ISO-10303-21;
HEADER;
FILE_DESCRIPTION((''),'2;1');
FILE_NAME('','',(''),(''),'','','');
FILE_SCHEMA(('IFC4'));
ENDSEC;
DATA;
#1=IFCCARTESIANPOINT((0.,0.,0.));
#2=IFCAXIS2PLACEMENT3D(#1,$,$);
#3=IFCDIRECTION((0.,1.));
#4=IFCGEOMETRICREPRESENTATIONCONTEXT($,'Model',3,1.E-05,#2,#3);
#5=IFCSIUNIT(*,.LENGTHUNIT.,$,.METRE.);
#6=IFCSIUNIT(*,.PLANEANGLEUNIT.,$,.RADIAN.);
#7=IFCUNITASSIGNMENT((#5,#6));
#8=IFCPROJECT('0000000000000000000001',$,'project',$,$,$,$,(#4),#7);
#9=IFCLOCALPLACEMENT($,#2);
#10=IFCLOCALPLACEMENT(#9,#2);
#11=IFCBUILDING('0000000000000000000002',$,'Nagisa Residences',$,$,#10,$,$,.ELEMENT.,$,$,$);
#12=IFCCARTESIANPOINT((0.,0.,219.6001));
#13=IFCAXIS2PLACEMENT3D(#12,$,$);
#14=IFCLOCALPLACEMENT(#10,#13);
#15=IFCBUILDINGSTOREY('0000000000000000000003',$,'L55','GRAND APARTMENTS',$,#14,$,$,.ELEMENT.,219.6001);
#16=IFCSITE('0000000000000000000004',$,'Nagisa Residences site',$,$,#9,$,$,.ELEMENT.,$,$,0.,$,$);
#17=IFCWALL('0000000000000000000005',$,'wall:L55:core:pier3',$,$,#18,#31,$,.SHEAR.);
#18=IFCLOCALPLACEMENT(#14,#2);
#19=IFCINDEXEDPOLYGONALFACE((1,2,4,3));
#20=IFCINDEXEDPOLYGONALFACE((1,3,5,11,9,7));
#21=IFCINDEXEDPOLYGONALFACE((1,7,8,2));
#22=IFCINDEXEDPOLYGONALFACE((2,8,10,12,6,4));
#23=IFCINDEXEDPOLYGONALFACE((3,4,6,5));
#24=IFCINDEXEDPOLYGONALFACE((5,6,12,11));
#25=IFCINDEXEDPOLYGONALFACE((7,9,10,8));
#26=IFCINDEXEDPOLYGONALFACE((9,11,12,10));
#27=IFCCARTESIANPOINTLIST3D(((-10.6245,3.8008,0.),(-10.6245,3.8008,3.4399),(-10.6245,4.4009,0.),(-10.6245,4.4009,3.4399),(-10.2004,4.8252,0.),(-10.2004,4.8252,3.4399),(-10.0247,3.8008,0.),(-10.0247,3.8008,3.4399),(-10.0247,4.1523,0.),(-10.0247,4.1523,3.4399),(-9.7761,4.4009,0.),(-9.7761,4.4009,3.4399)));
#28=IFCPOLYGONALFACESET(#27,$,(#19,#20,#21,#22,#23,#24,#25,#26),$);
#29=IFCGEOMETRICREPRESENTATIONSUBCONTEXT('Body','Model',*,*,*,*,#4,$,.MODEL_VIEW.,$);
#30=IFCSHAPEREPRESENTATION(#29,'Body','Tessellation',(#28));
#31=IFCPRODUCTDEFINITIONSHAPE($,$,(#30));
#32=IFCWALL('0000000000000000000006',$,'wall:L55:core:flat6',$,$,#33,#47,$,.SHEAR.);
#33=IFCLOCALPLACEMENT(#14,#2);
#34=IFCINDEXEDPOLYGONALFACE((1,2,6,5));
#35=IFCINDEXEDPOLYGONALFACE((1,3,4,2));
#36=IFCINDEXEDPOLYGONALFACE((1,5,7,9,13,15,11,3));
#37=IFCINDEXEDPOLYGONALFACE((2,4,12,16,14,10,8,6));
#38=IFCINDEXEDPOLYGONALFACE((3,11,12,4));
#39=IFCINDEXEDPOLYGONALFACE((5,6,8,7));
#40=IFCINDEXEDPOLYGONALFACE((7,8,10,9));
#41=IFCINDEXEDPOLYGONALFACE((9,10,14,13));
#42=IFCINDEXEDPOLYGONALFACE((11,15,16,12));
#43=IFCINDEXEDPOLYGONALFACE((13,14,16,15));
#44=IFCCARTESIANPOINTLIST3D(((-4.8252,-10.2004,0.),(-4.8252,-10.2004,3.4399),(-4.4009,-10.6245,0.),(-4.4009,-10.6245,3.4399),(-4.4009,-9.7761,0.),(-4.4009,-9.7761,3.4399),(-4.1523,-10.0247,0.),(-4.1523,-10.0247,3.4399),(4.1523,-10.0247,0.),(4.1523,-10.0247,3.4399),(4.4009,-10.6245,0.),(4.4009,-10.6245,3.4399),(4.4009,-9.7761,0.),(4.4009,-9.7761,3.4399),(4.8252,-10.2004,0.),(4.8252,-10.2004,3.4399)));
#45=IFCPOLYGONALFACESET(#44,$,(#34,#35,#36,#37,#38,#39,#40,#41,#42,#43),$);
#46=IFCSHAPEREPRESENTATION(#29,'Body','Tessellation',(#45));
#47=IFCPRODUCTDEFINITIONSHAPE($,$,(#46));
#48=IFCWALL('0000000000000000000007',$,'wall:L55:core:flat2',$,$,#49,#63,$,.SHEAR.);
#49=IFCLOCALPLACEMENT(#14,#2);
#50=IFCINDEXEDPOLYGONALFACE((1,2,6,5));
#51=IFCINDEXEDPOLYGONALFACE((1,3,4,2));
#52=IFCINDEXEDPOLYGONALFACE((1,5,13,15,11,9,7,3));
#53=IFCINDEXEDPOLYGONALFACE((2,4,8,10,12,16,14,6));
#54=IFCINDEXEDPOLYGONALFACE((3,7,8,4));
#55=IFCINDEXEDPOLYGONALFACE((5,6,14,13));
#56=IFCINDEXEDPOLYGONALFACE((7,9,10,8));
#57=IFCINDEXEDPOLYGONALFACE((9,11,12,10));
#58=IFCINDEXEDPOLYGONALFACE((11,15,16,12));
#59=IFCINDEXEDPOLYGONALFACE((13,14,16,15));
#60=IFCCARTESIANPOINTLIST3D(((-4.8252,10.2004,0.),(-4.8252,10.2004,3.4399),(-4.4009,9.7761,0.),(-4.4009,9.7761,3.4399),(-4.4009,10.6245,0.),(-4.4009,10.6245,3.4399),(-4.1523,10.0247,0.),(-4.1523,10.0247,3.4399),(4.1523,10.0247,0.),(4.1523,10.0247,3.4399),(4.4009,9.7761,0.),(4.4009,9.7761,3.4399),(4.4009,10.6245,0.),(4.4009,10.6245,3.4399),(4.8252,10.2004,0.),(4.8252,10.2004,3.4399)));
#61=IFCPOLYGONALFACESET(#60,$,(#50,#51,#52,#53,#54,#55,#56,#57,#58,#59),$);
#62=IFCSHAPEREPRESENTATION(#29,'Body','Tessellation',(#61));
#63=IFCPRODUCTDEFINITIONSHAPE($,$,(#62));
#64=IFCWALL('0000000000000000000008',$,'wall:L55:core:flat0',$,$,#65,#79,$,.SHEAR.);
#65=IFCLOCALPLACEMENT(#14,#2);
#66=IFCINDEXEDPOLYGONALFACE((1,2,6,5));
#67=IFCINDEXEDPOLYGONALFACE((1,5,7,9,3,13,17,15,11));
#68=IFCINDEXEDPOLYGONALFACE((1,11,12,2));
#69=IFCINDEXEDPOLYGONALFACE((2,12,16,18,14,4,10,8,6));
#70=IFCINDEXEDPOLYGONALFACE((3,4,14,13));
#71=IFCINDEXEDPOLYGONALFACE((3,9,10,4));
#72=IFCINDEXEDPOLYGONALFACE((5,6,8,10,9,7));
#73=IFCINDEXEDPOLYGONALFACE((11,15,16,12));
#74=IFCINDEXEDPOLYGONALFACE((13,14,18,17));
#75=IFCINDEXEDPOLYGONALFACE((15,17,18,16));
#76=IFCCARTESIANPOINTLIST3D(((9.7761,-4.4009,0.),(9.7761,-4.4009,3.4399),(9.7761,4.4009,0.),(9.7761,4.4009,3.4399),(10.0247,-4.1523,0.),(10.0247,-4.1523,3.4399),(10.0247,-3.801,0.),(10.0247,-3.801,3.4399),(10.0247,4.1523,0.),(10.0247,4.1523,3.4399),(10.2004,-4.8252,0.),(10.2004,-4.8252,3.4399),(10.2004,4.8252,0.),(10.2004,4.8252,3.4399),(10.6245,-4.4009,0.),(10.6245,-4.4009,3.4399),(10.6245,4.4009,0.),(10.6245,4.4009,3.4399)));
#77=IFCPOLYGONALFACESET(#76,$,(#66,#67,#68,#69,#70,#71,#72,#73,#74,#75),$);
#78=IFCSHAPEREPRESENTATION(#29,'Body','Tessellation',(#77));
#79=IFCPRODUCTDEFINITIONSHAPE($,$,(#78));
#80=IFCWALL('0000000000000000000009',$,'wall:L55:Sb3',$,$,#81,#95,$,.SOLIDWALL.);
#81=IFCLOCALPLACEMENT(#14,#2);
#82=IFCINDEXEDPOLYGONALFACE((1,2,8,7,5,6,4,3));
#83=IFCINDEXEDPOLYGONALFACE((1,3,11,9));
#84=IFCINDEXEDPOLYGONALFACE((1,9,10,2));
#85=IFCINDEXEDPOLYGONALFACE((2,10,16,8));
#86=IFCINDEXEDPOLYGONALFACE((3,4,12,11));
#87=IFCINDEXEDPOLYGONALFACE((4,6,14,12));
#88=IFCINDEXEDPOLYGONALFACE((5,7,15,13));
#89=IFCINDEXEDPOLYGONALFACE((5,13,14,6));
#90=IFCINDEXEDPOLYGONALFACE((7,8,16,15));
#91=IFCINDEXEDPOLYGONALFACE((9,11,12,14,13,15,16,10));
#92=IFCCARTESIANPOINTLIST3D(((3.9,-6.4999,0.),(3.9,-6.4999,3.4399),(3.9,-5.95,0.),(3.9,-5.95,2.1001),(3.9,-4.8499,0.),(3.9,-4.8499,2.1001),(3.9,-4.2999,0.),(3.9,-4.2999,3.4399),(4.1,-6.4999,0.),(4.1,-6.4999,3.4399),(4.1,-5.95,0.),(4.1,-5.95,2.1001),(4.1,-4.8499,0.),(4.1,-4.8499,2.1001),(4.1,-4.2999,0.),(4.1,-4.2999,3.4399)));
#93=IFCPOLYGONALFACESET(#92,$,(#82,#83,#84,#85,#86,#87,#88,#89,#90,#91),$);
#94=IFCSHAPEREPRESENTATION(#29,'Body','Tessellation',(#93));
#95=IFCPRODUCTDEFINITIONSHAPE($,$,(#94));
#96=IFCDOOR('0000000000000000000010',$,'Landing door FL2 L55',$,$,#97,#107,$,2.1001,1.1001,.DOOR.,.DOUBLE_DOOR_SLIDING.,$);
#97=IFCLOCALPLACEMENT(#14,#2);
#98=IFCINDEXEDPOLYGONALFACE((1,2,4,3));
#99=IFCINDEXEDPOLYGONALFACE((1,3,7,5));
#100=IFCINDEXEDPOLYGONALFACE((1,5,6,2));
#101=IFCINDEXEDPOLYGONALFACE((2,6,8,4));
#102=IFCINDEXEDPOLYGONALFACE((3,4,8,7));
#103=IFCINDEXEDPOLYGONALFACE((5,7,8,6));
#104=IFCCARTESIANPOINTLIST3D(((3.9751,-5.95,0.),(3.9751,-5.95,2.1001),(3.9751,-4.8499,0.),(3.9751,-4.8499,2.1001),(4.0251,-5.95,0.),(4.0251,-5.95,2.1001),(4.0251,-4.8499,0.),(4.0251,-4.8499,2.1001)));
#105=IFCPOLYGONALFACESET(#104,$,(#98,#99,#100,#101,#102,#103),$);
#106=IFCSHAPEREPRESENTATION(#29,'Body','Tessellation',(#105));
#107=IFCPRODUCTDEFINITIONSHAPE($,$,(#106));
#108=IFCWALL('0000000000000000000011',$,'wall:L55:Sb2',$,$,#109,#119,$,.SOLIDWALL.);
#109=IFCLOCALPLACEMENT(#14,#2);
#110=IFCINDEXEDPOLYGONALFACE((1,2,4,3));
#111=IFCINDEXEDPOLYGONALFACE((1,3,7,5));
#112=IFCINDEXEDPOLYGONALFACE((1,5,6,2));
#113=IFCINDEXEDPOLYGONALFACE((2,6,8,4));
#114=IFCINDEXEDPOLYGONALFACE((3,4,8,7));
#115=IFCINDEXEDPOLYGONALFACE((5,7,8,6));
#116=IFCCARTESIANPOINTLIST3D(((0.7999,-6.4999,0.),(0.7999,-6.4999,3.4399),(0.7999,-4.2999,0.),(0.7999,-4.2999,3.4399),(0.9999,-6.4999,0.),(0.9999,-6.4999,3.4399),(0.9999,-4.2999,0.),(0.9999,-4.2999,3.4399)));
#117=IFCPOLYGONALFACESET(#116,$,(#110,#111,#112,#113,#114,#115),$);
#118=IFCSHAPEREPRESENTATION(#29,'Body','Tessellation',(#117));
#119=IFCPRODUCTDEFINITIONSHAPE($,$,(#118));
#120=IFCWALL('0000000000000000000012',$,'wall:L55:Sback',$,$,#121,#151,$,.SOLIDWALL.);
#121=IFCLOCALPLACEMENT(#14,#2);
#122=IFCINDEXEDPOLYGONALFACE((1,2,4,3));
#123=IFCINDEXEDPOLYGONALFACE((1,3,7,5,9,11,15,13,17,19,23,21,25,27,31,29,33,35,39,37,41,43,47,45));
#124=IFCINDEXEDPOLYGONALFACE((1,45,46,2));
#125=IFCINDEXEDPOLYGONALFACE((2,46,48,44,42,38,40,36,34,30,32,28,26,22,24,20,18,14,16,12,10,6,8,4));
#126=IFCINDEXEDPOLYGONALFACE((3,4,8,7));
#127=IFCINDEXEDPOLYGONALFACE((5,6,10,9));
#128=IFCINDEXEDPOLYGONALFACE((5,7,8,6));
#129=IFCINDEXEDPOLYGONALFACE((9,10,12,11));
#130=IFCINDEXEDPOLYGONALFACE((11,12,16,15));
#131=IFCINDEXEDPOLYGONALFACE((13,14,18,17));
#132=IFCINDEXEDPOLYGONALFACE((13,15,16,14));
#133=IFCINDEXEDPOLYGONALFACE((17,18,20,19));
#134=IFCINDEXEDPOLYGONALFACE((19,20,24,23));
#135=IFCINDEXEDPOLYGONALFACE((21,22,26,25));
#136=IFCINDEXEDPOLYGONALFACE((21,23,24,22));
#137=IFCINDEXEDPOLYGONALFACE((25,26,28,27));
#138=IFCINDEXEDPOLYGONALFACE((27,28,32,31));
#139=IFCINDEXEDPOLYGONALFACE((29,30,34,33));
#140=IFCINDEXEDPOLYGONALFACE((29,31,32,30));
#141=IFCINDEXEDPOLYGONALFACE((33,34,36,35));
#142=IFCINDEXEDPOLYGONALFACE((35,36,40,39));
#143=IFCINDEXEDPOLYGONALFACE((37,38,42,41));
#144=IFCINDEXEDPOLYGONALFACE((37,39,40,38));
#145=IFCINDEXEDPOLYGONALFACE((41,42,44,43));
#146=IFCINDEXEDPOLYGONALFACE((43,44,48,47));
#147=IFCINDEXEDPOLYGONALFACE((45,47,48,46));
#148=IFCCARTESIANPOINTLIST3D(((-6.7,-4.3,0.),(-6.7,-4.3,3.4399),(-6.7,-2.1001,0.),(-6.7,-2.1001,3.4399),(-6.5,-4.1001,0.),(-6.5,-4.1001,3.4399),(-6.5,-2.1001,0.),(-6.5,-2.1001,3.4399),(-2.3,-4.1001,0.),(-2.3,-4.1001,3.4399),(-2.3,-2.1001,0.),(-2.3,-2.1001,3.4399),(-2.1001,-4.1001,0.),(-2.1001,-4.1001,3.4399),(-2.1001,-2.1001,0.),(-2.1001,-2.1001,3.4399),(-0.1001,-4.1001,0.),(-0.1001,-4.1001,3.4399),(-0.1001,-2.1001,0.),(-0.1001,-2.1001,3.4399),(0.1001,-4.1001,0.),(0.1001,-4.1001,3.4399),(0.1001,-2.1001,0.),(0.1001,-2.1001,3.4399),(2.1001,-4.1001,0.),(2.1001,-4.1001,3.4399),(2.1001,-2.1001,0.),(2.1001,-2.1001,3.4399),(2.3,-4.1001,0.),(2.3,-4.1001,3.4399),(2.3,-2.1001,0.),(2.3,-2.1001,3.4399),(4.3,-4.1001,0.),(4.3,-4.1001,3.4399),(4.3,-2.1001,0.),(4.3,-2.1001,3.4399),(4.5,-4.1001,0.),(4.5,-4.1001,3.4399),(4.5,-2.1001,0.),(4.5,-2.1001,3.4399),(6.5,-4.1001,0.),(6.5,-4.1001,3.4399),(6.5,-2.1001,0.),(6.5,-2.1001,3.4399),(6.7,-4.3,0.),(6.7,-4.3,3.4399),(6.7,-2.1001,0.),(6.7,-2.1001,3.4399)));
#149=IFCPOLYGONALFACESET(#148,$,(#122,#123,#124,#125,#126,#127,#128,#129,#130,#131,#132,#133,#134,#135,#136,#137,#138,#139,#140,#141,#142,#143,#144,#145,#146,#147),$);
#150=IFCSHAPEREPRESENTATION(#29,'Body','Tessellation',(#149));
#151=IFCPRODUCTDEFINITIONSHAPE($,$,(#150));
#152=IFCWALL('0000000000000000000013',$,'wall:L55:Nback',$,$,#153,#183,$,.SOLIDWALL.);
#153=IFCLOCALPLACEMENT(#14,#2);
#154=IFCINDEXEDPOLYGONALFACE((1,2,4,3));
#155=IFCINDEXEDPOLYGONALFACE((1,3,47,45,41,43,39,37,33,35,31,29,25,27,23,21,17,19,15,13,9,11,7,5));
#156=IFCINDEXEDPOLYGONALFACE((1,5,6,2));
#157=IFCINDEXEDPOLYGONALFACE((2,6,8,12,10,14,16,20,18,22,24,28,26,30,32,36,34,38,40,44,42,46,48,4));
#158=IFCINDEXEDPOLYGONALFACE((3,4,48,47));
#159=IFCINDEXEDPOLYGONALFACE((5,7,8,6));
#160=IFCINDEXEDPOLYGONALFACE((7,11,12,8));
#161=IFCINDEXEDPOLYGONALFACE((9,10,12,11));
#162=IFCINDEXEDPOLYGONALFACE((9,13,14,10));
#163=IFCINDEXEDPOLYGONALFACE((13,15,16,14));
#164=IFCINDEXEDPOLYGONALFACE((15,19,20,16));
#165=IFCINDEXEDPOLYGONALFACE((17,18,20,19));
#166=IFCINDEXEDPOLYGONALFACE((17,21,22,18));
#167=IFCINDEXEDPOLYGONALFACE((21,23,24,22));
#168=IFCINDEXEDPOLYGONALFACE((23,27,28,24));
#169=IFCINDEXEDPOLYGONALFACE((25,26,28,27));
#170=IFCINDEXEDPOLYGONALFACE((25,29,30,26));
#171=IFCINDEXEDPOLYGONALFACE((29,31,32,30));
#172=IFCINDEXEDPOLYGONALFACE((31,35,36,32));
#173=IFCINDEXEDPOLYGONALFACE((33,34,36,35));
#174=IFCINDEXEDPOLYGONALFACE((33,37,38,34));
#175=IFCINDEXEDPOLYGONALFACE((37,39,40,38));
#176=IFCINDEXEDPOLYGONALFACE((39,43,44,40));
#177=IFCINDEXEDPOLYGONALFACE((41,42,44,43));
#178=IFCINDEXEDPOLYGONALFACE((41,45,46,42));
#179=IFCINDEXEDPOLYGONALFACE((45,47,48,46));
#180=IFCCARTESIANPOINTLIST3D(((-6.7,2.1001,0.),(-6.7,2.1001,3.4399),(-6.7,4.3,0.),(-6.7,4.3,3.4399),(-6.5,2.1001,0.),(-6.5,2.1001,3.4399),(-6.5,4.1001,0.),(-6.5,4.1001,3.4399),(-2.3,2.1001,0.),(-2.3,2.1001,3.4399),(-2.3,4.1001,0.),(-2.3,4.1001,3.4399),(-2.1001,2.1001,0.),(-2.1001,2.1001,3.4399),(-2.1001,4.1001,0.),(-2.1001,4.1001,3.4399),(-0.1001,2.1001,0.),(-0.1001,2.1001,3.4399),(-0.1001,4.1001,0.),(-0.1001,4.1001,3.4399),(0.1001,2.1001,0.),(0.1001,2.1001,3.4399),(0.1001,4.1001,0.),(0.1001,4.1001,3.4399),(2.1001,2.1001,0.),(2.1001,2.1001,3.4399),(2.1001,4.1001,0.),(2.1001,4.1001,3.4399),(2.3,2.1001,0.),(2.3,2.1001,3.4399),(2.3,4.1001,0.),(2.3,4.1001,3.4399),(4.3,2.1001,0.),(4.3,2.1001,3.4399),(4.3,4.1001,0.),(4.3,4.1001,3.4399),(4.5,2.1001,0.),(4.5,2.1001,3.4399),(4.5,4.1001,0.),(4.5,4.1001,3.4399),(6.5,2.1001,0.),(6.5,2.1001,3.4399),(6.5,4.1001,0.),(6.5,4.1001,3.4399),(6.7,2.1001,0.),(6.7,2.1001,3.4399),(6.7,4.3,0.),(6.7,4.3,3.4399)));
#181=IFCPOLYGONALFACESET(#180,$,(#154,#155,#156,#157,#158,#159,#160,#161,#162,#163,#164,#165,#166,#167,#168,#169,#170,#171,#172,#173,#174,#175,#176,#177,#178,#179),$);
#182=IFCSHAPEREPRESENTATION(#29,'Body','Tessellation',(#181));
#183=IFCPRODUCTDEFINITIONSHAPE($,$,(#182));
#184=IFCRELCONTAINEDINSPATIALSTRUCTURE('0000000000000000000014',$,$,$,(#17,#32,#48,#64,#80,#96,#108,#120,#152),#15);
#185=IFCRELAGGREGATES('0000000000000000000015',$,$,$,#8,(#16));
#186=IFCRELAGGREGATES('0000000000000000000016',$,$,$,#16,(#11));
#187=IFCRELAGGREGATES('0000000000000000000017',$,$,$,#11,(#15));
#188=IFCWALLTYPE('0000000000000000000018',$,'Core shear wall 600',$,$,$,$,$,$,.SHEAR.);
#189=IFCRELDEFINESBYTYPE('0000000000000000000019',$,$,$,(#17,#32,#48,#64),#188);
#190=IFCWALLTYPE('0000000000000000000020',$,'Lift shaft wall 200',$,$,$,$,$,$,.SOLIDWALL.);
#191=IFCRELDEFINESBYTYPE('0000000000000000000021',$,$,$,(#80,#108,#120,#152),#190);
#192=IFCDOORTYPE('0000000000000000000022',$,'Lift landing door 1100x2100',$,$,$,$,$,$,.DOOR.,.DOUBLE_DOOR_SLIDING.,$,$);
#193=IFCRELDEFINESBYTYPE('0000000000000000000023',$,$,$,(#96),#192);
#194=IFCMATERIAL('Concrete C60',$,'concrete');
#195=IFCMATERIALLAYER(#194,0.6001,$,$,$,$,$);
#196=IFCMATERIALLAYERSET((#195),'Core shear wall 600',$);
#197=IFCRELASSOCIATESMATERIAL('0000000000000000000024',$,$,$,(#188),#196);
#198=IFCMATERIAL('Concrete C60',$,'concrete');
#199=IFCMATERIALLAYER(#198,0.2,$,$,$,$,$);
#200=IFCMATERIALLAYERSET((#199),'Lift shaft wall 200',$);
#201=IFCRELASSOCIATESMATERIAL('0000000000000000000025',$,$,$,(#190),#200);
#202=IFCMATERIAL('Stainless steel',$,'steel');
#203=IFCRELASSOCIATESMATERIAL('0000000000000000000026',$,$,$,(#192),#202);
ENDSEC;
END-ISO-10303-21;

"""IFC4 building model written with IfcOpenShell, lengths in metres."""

from ifc_helpers import new_model, si_unit, direction, frame, frame_2d, origin, place, context, subcontext, project, spatial, polyline, rectangle, outline, extrude, material, layer, layer_set, type_object, element, fill, save


model = new_model("IFC4")

# Units and contexts
model_context = context("Model", 3, precision=1e-05, world=origin(), true_north=direction((0.0, 1.0)))
body_context = subcontext(model_context, "Body", "Model", "MODEL_VIEW")
ifc_project = project(units=[si_unit("LENGTHUNIT", "METRE"), si_unit("PLANEANGLEUNIT", "RADIAN")], contexts=[model_context])

# Site, building, storey
site_placement = place(None, origin())
site = spatial("IfcSite", under=ifc_project, at=site_placement, Name="Nagisa Residences site", CompositionType="ELEMENT", RefElevation=0.0)
building_placement = place(site_placement, origin())
building = spatial("IfcBuilding", under=site, at=building_placement, Name="Nagisa Residences", CompositionType="ELEMENT")
storey_placement = place(building_placement, frame((0.0, 0.0, 219.6001)))
storey = spatial("IfcBuildingStorey", under=building, at=storey_placement, Name="L55", Description="GRAND APARTMENTS", CompositionType="ELEMENT", Elevation=219.6001)

# Walls
ifc_material_1 = material(Name="Concrete C60", Category="concrete")
ifc_layer_1 = layer(ifc_material_1, 0.6001)
ifc_layer_set_1 = layer_set([ifc_layer_1], Name="Core shear wall 600")
wall_type_1 = type_object("IfcWallType", Name="Core shear wall 600", PredefinedType="SHEAR", material=ifc_layer_set_1)
wall_1_placement = place(storey_placement, origin())
element("IfcWall", 1, at=wall_1_placement, inside=storey, type_object=wall_type_1, Name="wall:L55:core:pier3", PredefinedType="SHEAR", context=body_context, shape_type="SweptSolid", body=[
    extrude(outline(polyline([(-10.2004, 4.8252), (-9.7761, 4.4009), (-10.0247, 4.1523), (-10.0247, 3.8008), (-10.6245, 3.8008), (-10.6245, 4.4009), (-10.2004, 4.8252)])), origin(), (0.0, 0.0, 1.0), 3.4399),
])
wall_2_placement = place(storey_placement, origin())
element("IfcWall", 2, at=wall_2_placement, inside=storey, type_object=wall_type_1, Name="wall:L55:core:flat6", PredefinedType="SHEAR", context=body_context, shape_type="SweptSolid", body=[
    extrude(outline(polyline([(-4.1523, -10.0247), (4.1523, -10.0247), (4.4009, -9.7761), (4.8252, -10.2004), (4.4009, -10.6245), (-4.4009, -10.6245), (-4.8252, -10.2004), (-4.4009, -9.7761), (-4.1523, -10.0247)])), origin(), (0.0, 0.0, 1.0), 3.4399),
])
wall_3_placement = place(storey_placement, origin())
element("IfcWall", 3, at=wall_3_placement, inside=storey, type_object=wall_type_1, Name="wall:L55:core:flat2", PredefinedType="SHEAR", context=body_context, shape_type="SweptSolid", body=[
    extrude(outline(polyline([(-4.1523, 10.0247), (-4.4009, 9.7761), (-4.8252, 10.2004), (-4.4009, 10.6245), (4.4009, 10.6245), (4.8252, 10.2004), (4.4009, 9.7761), (4.1523, 10.0247), (-4.1523, 10.0247)])), origin(), (0.0, 0.0, 1.0), 3.4399),
])
wall_4_placement = place(storey_placement, origin())
element("IfcWall", 4, at=wall_4_placement, inside=storey, type_object=wall_type_1, Name="wall:L55:core:flat0", PredefinedType="SHEAR", context=body_context, shape_type="SweptSolid", body=[
    extrude(outline(polyline([(9.7761, -4.4009), (10.0247, -4.1523), (10.0247, -3.801), (10.0247, 4.1523), (9.7761, 4.4009), (10.2004, 4.8252), (10.6245, 4.4009), (10.6245, -4.4009), (10.2004, -4.8252), (9.7761, -4.4009)])), origin(), (0.0, 0.0, 1.0), 3.4399),
])

# Wall, opening, door
ifc_material_2 = material(Name="Concrete C60", Category="concrete")
ifc_layer_2 = layer(ifc_material_2, 0.2)
ifc_layer_set_2 = layer_set([ifc_layer_2], Name="Lift shaft wall 200")
wall_type_2 = type_object("IfcWallType", Name="Lift shaft wall 200", PredefinedType="SOLIDWALL", material=ifc_layer_set_2)
wall_5_placement = place(storey_placement, frame((4.0, -6.5, 0.0), z_axis=(0.0, 0.0, 1.0), x_axis=(0.0, 1.0, 0.0)))
wall_5 = element("IfcWall", 5, at=wall_5_placement, inside=storey, type_object=wall_type_2, Name="wall:L55:Sb3", PredefinedType="SOLIDWALL", context=body_context, shape_type="SweptSolid", body=[
    extrude(rectangle(XDim=2.2, YDim=0.2, at=frame_2d((1.1001, 0.0))), origin(), (0.0, 0.0, 1.0), 3.4399),
])
opening_1_placement = place(wall_5_placement, frame((0.55, 0.0, 0.0)))
opening_1 = element("IfcOpeningElement", 6, at=opening_1_placement, cuts=wall_5, PredefinedType="OPENING", context=body_context, shape_type="SweptSolid", body=[
    extrude(rectangle(XDim=1.1001, YDim=2.1001, at=frame_2d((0.55, 1.05))), frame((0.0, 0.1099, 0.0), z_axis=(0.0, -1.0, 0.0), x_axis=(1.0, 0.0, 0.0)), (0.0, 0.0, 1.0), 0.22),
])
ifc_material_3 = material(Name="Stainless steel", Category="steel")
door_type_1 = type_object("IfcDoorType", Name="Lift landing door 1100x2100", OperationType="DOUBLE_DOOR_SLIDING", PredefinedType="DOOR", material=ifc_material_3)
door_1_placement = place(opening_1_placement, origin())
door_1 = element("IfcDoor", 7, at=door_1_placement, inside=storey, type_object=door_type_1, Name="Landing door FL2 L55", OperationType="DOUBLE_DOOR_SLIDING", OverallHeight=2.1001, OverallWidth=1.1001, PredefinedType="DOOR", context=body_context, shape_type="SweptSolid", body=[
    extrude(rectangle(XDim=1.1001, YDim=2.1001, at=frame_2d((0.55, 1.05))), frame((0.0, 0.0249, 0.0), z_axis=(0.0, -1.0, 0.0), x_axis=(1.0, 0.0, 0.0)), (0.0, 0.0, 1.0), 0.05),
])
fill(opening_1, door_1)

# Walls
wall_6_placement = place(storey_placement, frame((0.8999, -6.5, 0.0), z_axis=(0.0, 0.0, 1.0), x_axis=(0.0, 1.0, 0.0)))
element("IfcWall", 8, at=wall_6_placement, inside=storey, type_object=wall_type_2, Name="wall:L55:Sb2", PredefinedType="SOLIDWALL", context=body_context, shape_type="SweptSolid", body=[
    extrude(rectangle(XDim=2.2, YDim=0.2, at=frame_2d((1.1001, 0.0))), origin(), (0.0, 0.0, 1.0), 3.4399),
])
wall_7_placement = place(storey_placement, origin())
element("IfcWall", 9, at=wall_7_placement, inside=storey, type_object=wall_type_2, Name="wall:L55:Sback", PredefinedType="SOLIDWALL", context=body_context, shape_type="SweptSolid", body=[
    extrude(outline(polyline([(-6.7, -2.1001), (-6.5, -2.1001), (-6.5, -4.1001), (-2.3, -4.1001), (-2.3, -2.1001), (-2.1001, -2.1001), (-2.1001, -4.1001), (-0.1001, -4.1001), (-0.1001, -2.1001), (0.1001, -2.1001), (0.1001, -4.1001), (2.1001, -4.1001), (2.1001, -2.1001), (2.3, -2.1001), (2.3, -4.1001), (4.3, -4.1001), (4.3, -2.1001), (4.5, -2.1001), (4.5, -4.1001), (6.5, -4.1001), (6.5, -2.1001), (6.7, -2.1001), (6.7, -4.3), (-6.7, -4.3), (-6.7, -2.1001)])), origin(), (0.0, 0.0, 1.0), 3.4399),
])
wall_8_placement = place(storey_placement, origin())
element("IfcWall", 10, at=wall_8_placement, inside=storey, type_object=wall_type_2, Name="wall:L55:Nback", PredefinedType="SOLIDWALL", context=body_context, shape_type="SweptSolid", body=[
    extrude(outline(polyline([(-6.7, 4.3), (6.7, 4.3), (6.7, 2.1001), (6.5, 2.1001), (6.5, 4.1001), (4.5, 4.1001), (4.5, 2.1001), (4.3, 2.1001), (4.3, 4.1001), (2.3, 4.1001), (2.3, 2.1001), (2.1001, 2.1001), (2.1001, 4.1001), (0.1001, 4.1001), (0.1001, 2.1001), (-0.1001, 2.1001), (-0.1001, 4.1001), (-2.1001, 4.1001), (-2.1001, 2.1001), (-2.3, 2.1001), (-2.3, 4.1001), (-6.5, 4.1001), (-6.5, 2.1001), (-6.7, 2.1001), (-6.7, 4.3)])), origin(), (0.0, 0.0, 1.0), 3.4399),
])

save(model, "model.ifc")
